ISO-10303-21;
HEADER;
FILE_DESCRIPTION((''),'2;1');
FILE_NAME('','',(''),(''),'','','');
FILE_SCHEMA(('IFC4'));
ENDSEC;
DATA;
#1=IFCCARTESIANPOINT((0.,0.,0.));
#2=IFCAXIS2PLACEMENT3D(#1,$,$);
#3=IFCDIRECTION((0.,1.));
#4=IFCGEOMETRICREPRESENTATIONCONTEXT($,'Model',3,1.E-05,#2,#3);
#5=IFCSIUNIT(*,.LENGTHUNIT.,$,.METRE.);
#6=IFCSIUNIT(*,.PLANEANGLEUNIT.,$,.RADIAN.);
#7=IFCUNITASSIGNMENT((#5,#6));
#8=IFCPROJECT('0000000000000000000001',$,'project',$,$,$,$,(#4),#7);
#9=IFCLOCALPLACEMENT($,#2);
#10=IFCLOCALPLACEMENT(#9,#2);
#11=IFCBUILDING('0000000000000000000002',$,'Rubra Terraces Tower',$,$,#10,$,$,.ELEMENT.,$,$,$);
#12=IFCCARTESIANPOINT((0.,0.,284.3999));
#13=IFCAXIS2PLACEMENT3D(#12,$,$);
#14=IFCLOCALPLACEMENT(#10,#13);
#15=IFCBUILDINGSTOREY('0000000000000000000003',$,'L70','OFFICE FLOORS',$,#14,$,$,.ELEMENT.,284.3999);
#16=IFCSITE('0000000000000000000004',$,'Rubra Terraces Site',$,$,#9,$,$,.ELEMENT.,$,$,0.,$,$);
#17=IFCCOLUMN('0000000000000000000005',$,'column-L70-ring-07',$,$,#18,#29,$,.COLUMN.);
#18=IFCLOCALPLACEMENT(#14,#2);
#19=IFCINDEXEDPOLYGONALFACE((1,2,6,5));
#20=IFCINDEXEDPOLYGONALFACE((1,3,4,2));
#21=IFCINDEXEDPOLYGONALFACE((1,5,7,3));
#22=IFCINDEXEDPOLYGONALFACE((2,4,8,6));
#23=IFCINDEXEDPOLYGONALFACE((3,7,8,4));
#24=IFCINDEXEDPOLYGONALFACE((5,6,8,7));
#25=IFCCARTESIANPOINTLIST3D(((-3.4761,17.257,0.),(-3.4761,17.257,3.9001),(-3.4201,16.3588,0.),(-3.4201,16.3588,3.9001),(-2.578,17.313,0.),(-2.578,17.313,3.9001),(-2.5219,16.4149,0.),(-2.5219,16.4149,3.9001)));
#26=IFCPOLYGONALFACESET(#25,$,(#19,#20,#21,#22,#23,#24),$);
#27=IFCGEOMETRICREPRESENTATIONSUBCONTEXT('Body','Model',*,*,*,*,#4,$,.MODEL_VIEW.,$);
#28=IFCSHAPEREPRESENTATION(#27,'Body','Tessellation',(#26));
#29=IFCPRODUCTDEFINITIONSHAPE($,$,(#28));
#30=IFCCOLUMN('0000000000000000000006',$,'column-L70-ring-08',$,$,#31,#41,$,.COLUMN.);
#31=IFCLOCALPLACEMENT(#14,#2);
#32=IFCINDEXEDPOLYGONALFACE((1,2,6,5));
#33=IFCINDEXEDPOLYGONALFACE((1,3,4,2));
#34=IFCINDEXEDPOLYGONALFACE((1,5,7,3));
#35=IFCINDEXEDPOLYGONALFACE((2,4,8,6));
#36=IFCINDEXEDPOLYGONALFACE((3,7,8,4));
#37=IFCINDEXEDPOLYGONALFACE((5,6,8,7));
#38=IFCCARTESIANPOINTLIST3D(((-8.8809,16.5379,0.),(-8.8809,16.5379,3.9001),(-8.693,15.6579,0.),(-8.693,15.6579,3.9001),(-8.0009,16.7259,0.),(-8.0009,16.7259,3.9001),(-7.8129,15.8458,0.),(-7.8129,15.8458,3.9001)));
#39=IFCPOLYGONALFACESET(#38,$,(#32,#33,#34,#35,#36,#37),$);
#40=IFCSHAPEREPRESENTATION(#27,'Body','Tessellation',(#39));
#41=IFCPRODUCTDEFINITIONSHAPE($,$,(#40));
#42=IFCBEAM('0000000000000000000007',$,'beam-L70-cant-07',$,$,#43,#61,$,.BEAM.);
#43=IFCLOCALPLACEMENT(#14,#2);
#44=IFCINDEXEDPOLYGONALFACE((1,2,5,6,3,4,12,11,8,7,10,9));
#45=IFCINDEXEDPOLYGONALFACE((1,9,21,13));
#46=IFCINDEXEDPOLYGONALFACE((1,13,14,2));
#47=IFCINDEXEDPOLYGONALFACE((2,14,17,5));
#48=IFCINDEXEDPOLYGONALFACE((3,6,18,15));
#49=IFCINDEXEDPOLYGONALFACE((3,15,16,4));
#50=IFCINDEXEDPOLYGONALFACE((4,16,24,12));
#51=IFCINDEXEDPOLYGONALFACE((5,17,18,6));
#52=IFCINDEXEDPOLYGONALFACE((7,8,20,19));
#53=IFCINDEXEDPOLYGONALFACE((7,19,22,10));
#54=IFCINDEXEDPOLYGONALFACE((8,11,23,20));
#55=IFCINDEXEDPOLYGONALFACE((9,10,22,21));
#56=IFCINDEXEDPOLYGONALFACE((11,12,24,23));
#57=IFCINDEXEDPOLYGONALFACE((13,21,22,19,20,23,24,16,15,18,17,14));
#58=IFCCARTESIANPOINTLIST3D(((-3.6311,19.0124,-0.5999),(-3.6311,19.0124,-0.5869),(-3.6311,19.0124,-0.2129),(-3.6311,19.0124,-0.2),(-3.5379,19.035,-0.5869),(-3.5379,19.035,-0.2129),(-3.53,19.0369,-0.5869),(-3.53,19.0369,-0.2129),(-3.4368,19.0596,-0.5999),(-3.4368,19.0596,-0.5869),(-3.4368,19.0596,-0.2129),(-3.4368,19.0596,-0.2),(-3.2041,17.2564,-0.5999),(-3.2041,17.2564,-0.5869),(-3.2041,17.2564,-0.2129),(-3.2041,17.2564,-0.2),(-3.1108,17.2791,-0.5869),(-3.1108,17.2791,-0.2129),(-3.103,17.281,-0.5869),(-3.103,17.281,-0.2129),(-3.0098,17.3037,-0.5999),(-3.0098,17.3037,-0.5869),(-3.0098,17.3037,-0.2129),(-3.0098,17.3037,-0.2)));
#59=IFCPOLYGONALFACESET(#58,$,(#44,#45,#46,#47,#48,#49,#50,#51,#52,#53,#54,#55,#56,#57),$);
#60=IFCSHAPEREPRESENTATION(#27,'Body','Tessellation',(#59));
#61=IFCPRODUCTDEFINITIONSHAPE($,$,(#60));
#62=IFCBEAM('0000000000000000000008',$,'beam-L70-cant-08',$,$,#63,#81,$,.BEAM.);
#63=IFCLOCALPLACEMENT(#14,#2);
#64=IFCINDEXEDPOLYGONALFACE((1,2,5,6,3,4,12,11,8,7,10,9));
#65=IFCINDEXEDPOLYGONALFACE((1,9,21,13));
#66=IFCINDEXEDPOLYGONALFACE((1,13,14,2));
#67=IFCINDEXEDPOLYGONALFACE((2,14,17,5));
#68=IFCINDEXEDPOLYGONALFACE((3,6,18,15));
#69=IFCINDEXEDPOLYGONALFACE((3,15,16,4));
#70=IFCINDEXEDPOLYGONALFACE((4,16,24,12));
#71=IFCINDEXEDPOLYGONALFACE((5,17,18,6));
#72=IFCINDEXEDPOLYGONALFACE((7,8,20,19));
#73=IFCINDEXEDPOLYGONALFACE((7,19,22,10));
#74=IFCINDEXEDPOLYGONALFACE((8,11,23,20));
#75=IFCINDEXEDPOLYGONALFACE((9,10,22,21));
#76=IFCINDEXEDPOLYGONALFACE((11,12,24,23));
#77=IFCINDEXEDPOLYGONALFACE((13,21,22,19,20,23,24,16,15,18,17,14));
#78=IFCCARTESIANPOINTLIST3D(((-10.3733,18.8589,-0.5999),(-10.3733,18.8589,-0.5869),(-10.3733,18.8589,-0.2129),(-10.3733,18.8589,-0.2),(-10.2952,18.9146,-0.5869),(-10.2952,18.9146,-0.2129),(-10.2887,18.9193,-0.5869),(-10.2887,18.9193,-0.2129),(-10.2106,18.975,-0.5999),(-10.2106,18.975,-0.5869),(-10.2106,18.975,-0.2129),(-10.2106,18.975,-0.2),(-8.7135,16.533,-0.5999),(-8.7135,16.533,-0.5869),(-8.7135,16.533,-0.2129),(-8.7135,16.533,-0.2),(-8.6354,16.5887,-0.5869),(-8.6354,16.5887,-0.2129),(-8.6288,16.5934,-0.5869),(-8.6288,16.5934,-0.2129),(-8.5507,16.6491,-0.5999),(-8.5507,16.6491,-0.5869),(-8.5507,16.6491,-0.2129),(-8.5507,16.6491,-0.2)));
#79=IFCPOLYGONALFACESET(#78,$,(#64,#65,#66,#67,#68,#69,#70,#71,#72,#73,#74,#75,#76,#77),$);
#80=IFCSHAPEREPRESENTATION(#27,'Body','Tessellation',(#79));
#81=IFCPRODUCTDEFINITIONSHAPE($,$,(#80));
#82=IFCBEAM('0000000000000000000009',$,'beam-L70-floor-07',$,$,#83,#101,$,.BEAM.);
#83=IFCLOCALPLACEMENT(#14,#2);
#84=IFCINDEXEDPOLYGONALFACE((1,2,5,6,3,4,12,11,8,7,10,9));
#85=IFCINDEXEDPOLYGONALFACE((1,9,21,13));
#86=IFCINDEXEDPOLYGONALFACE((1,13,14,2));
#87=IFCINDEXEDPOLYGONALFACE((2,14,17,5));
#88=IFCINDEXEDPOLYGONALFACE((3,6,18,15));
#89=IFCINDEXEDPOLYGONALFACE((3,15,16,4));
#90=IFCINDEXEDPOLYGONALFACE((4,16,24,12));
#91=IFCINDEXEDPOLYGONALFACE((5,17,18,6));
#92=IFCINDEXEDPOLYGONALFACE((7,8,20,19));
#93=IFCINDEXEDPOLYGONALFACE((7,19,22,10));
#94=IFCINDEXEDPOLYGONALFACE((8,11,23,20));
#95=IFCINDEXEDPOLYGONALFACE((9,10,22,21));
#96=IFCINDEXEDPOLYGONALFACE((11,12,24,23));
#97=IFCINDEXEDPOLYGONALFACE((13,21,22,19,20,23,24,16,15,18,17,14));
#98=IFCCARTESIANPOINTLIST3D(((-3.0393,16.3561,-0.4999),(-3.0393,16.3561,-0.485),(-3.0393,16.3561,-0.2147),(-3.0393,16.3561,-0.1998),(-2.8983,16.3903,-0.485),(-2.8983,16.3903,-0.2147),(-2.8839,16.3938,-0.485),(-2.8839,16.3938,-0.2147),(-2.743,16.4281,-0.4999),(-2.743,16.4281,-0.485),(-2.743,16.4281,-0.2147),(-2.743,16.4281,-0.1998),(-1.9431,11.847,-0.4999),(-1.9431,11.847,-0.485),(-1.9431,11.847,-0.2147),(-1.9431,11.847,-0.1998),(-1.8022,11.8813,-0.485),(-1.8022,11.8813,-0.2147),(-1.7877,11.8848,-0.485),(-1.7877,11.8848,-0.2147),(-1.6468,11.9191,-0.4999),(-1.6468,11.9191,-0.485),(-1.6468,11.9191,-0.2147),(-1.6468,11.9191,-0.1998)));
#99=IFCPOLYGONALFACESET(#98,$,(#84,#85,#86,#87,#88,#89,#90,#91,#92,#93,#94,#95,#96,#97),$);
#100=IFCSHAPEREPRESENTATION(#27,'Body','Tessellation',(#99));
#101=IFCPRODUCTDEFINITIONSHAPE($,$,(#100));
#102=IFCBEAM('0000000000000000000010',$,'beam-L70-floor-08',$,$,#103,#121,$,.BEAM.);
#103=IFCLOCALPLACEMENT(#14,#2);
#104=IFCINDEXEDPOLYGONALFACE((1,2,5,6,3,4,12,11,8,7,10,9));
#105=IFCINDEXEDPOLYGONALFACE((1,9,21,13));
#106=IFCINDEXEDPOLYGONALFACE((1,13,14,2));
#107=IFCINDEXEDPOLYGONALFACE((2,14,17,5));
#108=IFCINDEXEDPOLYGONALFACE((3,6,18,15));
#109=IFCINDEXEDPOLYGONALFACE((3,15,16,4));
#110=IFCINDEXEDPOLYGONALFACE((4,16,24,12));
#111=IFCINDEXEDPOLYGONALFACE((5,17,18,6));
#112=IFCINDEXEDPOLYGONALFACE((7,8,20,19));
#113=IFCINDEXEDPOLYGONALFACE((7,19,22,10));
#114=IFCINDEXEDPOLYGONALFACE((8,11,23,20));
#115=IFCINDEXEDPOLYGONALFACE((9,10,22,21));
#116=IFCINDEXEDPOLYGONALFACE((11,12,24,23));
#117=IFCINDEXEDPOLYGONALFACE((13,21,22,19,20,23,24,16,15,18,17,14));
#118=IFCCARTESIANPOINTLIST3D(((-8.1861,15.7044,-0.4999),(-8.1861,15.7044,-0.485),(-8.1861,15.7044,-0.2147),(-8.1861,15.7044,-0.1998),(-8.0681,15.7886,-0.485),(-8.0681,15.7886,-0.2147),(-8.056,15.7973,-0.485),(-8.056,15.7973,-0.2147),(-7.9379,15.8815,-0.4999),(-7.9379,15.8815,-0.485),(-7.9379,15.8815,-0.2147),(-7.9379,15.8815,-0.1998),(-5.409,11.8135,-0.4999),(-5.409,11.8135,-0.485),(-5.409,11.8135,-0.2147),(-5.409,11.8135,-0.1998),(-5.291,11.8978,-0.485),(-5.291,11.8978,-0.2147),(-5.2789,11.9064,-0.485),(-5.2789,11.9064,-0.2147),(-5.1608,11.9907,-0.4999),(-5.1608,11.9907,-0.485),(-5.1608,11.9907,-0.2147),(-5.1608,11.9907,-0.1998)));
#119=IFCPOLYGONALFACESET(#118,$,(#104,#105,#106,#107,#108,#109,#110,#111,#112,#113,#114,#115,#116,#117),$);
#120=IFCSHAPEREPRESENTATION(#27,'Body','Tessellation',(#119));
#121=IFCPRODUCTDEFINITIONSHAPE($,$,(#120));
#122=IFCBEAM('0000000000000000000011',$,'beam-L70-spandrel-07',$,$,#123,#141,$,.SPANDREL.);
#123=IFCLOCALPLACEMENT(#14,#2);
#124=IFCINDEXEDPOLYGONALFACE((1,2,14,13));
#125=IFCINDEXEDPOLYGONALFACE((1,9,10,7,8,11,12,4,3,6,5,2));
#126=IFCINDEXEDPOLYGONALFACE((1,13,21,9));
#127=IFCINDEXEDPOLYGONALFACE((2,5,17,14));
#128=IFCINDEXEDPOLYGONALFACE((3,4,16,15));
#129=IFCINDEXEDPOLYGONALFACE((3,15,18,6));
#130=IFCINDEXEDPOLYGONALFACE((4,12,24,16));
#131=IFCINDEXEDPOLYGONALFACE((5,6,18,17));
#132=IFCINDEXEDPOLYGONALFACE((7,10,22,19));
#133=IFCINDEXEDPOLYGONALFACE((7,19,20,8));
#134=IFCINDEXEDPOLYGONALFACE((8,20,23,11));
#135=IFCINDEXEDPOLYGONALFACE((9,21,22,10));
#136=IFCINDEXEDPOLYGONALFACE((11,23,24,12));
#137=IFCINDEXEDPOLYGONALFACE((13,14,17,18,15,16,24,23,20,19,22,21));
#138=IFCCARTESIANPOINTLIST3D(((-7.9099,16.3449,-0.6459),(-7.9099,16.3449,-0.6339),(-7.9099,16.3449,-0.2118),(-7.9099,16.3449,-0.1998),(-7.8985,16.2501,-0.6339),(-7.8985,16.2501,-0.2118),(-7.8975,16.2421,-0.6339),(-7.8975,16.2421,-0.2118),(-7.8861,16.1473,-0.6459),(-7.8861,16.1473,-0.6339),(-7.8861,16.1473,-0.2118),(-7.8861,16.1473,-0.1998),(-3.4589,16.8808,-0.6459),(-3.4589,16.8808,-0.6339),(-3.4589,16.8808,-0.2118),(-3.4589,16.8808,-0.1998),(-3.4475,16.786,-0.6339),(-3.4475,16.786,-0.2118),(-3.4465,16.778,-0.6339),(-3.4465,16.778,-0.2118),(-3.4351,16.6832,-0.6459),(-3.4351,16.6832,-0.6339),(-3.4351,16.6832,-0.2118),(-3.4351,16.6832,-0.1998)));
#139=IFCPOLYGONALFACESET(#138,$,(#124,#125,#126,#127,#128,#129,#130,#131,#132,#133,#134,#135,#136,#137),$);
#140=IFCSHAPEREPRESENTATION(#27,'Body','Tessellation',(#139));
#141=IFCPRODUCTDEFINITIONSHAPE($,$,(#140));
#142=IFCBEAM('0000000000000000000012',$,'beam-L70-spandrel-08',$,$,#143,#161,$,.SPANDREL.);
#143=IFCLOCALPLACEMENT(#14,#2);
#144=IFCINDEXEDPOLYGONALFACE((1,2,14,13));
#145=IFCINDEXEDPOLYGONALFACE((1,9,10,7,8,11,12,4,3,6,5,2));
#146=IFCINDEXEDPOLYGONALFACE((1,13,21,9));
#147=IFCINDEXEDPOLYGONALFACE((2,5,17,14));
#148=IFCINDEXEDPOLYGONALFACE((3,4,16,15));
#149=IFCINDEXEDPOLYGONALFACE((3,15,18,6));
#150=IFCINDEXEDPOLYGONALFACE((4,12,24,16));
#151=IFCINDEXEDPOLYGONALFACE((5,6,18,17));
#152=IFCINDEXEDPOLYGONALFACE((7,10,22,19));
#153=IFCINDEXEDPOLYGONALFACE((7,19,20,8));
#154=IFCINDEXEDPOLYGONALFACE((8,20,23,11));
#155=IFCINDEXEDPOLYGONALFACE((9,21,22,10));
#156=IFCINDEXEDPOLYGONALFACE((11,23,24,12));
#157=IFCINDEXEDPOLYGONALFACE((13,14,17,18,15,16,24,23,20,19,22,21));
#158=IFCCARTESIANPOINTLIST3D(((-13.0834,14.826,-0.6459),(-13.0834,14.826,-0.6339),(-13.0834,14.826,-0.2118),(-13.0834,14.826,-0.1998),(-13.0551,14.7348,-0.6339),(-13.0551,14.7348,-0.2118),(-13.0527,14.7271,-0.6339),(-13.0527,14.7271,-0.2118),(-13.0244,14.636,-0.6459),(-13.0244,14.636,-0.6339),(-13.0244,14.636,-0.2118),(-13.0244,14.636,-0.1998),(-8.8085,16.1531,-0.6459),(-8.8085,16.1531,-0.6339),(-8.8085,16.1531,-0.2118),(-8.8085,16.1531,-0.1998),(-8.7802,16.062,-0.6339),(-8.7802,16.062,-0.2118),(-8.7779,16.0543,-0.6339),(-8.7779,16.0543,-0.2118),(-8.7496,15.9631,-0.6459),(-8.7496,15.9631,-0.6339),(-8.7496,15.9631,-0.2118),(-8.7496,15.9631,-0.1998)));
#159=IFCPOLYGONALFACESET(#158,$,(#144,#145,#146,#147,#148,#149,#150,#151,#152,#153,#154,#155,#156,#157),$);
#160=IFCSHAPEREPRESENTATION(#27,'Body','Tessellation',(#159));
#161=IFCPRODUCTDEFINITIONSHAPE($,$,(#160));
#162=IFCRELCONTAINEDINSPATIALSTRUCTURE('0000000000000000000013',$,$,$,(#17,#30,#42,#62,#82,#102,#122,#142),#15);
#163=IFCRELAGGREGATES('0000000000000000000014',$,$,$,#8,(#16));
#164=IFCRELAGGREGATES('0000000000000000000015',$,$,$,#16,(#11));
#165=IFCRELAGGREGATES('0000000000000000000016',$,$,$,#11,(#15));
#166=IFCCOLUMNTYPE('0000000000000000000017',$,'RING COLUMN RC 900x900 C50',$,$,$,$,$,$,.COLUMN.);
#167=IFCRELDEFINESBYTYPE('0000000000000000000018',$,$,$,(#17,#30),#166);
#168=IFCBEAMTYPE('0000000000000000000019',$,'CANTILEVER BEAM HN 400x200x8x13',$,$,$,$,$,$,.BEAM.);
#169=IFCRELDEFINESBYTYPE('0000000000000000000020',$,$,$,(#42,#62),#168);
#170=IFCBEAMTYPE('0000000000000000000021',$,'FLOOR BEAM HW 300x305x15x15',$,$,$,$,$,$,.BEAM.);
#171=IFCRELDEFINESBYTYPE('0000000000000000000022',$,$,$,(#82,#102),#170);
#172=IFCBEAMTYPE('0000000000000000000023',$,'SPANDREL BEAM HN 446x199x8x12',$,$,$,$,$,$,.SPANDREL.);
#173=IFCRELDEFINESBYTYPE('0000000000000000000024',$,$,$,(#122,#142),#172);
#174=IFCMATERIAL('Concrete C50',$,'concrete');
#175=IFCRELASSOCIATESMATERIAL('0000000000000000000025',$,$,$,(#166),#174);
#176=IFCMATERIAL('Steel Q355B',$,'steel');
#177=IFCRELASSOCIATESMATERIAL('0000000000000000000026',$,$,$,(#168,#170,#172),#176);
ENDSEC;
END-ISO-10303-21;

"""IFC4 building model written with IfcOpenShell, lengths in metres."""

from ifc_helpers import new_model, si_unit, direction, frame, origin, origin_2d, place, context, subcontext, project, spatial, rectangle, i_section, extrude, material, material_profile, profile_set, type_object, element, save


model = new_model("IFC4")

# Units and contexts
model_context = context("Model", 3, precision=1e-05, world=origin(), true_north=direction((0.0, 1.0)))
body_context = subcontext(model_context, "Body", "Model", "MODEL_VIEW")
ifc_project = project(units=[si_unit("LENGTHUNIT", "METRE"), si_unit("PLANEANGLEUNIT", "RADIAN")], contexts=[model_context])

# Site, building, storey
site_placement = place(None, origin())
site = spatial("IfcSite", under=ifc_project, at=site_placement, Name="Rubra Terraces Site", CompositionType="ELEMENT", RefElevation=0.0)
building_placement = place(site_placement, origin())
building = spatial("IfcBuilding", under=site, at=building_placement, Name="Rubra Terraces Tower", CompositionType="ELEMENT")
storey_placement = place(building_placement, frame((0.0, 0.0, 284.3999)))
storey = spatial("IfcBuildingStorey", under=building, at=storey_placement, Name="L70", Description="OFFICE FLOORS", CompositionType="ELEMENT", Elevation=284.3999)

# Columns
ifc_material_1 = material(Name="Concrete C50", Category="concrete")
ifc_material_profile_1 = material_profile(ifc_material_1, rectangle(XDim=0.8999, YDim=0.8999, at=origin_2d()), Name="RC 900x900")
ifc_profile_set_1 = profile_set([ifc_material_profile_1], Name="Concrete C50")
column_type = type_object("IfcColumnType", Name="RING COLUMN RC 900x900 C50", PredefinedType="COLUMN", material=ifc_profile_set_1)
for number, where, z_axis, x_axis, name in (
    (1, (-2.999, 16.8359, 0.0), (0.0, 0.0, 1.0), (-0.998059, -0.062268, 0.0), "column-L70-ring-07"),
    (2, (-8.3469, 16.1919, 0.0), (0.0, 0.0, 1.0), (-0.977944, -0.208867, 0.0), "column-L70-ring-08"),
):
    element("IfcColumn", number, at=place(storey_placement, frame(where, z_axis=z_axis, x_axis=x_axis)), inside=storey, type_object=column_type, Name=name, PredefinedType="COLUMN", context=body_context, shape_type="SweptSolid", body=[
        extrude(rectangle(XDim=0.8999, YDim=0.8999, at=origin_2d()), origin(), (0.0, 0.0, 1.0), 3.9001),
    ])

# Beams
ifc_material_2 = material(Name="Steel Q355B", Category="steel")
ifc_material_profile_2 = material_profile(ifc_material_2, i_section(OverallWidth=0.2, OverallDepth=0.3999, WebThickness=0.0081, FlangeThickness=0.0129, at=origin_2d()), Name="HN 400x200x8x13")
ifc_profile_set_2 = profile_set([ifc_material_profile_2], Name="Steel Q355B")
beam_type_1 = type_object("IfcBeamType", Name="CANTILEVER BEAM HN 400x200x8x13", PredefinedType="BEAM", material=ifc_profile_set_2)
beam_1_placement = place(storey_placement, frame((-3.1069, 17.28, -0.3999), z_axis=(-0.2363, 0.97168, 0.0), x_axis=(-0.97168, -0.2363, 0.0)))
element("IfcBeam", 3, at=beam_1_placement, inside=storey, type_object=beam_type_1, Name="beam-L70-cant-07", PredefinedType="BEAM", context=body_context, shape_type="SweptSolid", body=[
    extrude(i_section(OverallWidth=0.2, OverallDepth=0.3999, WebThickness=0.0081, FlangeThickness=0.0129, at=origin_2d()), origin(), (0.0, 0.0, 1.0), 1.8071),
])
beam_2_placement = place(storey_placement, frame((-8.6321, 16.5911, -0.3999), z_axis=(-0.580899, 0.813976, 0.0), x_axis=(-0.813976, -0.580899, 0.0)))
element("IfcBeam", 4, at=beam_2_placement, inside=storey, type_object=beam_type_1, Name="beam-L70-cant-08", PredefinedType="BEAM", context=body_context, shape_type="SweptSolid", body=[
    extrude(i_section(OverallWidth=0.2, OverallDepth=0.3999, WebThickness=0.0081, FlangeThickness=0.0129, at=origin_2d()), origin(), (0.0, 0.0, 1.0), 2.8574),
])
ifc_material_profile_3 = material_profile(ifc_material_2, i_section(OverallWidth=0.3049, OverallDepth=0.3, WebThickness=0.0149, FlangeThickness=0.0149, at=origin_2d()), Name="HW 300x305x15x15")
ifc_profile_set_3 = profile_set([ifc_material_profile_3], Name="Steel Q355B")
beam_type_2 = type_object("IfcBeamType", Name="FLOOR BEAM HW 300x305x15x15", PredefinedType="BEAM", material=ifc_profile_set_3)
beam_3_placement = place(storey_placement, frame((-2.8911, 16.3921, -0.3499), z_axis=(0.236229, -0.971697, 0.0), x_axis=(0.971697, 0.236229, 0.0)))
element("IfcBeam", 5, at=beam_3_placement, inside=storey, type_object=beam_type_2, Name="beam-L70-floor-07", PredefinedType="BEAM", context=body_context, shape_type="SweptSolid", body=[
    extrude(i_section(OverallWidth=0.3049, OverallDepth=0.3, WebThickness=0.0149, FlangeThickness=0.0149, at=origin_2d()), origin(), (0.0, 0.0, 1.0), 4.6404),
])
beam_4_placement = place(storey_placement, frame((-8.062, 15.793, -0.3499), z_axis=(0.580948, -0.81394, 0.0), x_axis=(0.81394, 0.580948, 0.0)))
element("IfcBeam", 6, at=beam_4_placement, inside=storey, type_object=beam_type_2, Name="beam-L70-floor-08", PredefinedType="BEAM", context=body_context, shape_type="SweptSolid", body=[
    extrude(i_section(OverallWidth=0.3049, OverallDepth=0.3, WebThickness=0.0149, FlangeThickness=0.0149, at=origin_2d()), origin(), (0.0, 0.0, 1.0), 4.7803),
])
ifc_material_profile_4 = material_profile(ifc_material_2, i_section(OverallWidth=0.199, OverallDepth=0.446, WebThickness=0.0081, FlangeThickness=0.012, at=origin_2d()), Name="HN 446x199x8x12")
ifc_profile_set_4 = profile_set([ifc_material_profile_4], Name="Steel Q355B")
beam_type_3 = type_object("IfcBeamType", Name="SPANDREL BEAM HN 446x199x8x12", PredefinedType="SPANDREL", material=ifc_profile_set_4)
beam_5_placement = place(storey_placement, frame((-3.447, 16.782, -0.4229), z_axis=(-0.99283, -0.119536, 0.0), x_axis=(0.119536, -0.99283, 0.0)))
element("IfcBeam", 7, at=beam_5_placement, inside=storey, type_object=beam_type_3, Name="beam-L70-spandrel-07", PredefinedType="SPANDREL", context=body_context, shape_type="SweptSolid", body=[
    extrude(i_section(OverallWidth=0.199, OverallDepth=0.446, WebThickness=0.0081, FlangeThickness=0.012, at=origin_2d()), origin(), (0.0, 0.0, 1.0), 4.4832),
])
beam_6_placement = place(storey_placement, frame((-8.7791, 16.0581, -0.4229), z_axis=(-0.955035, -0.296492, 0.0), x_axis=(0.296492, -0.955035, 0.0)))
element("IfcBeam", 8, at=beam_6_placement, inside=storey, type_object=beam_type_3, Name="beam-L70-spandrel-08", PredefinedType="SPANDREL", context=body_context, shape_type="SweptSolid", body=[
    extrude(i_section(OverallWidth=0.199, OverallDepth=0.446, WebThickness=0.0081, FlangeThickness=0.012, at=origin_2d()), origin(), (0.0, 0.0, 1.0), 4.4761),
])

save(model, "model.ifc")
